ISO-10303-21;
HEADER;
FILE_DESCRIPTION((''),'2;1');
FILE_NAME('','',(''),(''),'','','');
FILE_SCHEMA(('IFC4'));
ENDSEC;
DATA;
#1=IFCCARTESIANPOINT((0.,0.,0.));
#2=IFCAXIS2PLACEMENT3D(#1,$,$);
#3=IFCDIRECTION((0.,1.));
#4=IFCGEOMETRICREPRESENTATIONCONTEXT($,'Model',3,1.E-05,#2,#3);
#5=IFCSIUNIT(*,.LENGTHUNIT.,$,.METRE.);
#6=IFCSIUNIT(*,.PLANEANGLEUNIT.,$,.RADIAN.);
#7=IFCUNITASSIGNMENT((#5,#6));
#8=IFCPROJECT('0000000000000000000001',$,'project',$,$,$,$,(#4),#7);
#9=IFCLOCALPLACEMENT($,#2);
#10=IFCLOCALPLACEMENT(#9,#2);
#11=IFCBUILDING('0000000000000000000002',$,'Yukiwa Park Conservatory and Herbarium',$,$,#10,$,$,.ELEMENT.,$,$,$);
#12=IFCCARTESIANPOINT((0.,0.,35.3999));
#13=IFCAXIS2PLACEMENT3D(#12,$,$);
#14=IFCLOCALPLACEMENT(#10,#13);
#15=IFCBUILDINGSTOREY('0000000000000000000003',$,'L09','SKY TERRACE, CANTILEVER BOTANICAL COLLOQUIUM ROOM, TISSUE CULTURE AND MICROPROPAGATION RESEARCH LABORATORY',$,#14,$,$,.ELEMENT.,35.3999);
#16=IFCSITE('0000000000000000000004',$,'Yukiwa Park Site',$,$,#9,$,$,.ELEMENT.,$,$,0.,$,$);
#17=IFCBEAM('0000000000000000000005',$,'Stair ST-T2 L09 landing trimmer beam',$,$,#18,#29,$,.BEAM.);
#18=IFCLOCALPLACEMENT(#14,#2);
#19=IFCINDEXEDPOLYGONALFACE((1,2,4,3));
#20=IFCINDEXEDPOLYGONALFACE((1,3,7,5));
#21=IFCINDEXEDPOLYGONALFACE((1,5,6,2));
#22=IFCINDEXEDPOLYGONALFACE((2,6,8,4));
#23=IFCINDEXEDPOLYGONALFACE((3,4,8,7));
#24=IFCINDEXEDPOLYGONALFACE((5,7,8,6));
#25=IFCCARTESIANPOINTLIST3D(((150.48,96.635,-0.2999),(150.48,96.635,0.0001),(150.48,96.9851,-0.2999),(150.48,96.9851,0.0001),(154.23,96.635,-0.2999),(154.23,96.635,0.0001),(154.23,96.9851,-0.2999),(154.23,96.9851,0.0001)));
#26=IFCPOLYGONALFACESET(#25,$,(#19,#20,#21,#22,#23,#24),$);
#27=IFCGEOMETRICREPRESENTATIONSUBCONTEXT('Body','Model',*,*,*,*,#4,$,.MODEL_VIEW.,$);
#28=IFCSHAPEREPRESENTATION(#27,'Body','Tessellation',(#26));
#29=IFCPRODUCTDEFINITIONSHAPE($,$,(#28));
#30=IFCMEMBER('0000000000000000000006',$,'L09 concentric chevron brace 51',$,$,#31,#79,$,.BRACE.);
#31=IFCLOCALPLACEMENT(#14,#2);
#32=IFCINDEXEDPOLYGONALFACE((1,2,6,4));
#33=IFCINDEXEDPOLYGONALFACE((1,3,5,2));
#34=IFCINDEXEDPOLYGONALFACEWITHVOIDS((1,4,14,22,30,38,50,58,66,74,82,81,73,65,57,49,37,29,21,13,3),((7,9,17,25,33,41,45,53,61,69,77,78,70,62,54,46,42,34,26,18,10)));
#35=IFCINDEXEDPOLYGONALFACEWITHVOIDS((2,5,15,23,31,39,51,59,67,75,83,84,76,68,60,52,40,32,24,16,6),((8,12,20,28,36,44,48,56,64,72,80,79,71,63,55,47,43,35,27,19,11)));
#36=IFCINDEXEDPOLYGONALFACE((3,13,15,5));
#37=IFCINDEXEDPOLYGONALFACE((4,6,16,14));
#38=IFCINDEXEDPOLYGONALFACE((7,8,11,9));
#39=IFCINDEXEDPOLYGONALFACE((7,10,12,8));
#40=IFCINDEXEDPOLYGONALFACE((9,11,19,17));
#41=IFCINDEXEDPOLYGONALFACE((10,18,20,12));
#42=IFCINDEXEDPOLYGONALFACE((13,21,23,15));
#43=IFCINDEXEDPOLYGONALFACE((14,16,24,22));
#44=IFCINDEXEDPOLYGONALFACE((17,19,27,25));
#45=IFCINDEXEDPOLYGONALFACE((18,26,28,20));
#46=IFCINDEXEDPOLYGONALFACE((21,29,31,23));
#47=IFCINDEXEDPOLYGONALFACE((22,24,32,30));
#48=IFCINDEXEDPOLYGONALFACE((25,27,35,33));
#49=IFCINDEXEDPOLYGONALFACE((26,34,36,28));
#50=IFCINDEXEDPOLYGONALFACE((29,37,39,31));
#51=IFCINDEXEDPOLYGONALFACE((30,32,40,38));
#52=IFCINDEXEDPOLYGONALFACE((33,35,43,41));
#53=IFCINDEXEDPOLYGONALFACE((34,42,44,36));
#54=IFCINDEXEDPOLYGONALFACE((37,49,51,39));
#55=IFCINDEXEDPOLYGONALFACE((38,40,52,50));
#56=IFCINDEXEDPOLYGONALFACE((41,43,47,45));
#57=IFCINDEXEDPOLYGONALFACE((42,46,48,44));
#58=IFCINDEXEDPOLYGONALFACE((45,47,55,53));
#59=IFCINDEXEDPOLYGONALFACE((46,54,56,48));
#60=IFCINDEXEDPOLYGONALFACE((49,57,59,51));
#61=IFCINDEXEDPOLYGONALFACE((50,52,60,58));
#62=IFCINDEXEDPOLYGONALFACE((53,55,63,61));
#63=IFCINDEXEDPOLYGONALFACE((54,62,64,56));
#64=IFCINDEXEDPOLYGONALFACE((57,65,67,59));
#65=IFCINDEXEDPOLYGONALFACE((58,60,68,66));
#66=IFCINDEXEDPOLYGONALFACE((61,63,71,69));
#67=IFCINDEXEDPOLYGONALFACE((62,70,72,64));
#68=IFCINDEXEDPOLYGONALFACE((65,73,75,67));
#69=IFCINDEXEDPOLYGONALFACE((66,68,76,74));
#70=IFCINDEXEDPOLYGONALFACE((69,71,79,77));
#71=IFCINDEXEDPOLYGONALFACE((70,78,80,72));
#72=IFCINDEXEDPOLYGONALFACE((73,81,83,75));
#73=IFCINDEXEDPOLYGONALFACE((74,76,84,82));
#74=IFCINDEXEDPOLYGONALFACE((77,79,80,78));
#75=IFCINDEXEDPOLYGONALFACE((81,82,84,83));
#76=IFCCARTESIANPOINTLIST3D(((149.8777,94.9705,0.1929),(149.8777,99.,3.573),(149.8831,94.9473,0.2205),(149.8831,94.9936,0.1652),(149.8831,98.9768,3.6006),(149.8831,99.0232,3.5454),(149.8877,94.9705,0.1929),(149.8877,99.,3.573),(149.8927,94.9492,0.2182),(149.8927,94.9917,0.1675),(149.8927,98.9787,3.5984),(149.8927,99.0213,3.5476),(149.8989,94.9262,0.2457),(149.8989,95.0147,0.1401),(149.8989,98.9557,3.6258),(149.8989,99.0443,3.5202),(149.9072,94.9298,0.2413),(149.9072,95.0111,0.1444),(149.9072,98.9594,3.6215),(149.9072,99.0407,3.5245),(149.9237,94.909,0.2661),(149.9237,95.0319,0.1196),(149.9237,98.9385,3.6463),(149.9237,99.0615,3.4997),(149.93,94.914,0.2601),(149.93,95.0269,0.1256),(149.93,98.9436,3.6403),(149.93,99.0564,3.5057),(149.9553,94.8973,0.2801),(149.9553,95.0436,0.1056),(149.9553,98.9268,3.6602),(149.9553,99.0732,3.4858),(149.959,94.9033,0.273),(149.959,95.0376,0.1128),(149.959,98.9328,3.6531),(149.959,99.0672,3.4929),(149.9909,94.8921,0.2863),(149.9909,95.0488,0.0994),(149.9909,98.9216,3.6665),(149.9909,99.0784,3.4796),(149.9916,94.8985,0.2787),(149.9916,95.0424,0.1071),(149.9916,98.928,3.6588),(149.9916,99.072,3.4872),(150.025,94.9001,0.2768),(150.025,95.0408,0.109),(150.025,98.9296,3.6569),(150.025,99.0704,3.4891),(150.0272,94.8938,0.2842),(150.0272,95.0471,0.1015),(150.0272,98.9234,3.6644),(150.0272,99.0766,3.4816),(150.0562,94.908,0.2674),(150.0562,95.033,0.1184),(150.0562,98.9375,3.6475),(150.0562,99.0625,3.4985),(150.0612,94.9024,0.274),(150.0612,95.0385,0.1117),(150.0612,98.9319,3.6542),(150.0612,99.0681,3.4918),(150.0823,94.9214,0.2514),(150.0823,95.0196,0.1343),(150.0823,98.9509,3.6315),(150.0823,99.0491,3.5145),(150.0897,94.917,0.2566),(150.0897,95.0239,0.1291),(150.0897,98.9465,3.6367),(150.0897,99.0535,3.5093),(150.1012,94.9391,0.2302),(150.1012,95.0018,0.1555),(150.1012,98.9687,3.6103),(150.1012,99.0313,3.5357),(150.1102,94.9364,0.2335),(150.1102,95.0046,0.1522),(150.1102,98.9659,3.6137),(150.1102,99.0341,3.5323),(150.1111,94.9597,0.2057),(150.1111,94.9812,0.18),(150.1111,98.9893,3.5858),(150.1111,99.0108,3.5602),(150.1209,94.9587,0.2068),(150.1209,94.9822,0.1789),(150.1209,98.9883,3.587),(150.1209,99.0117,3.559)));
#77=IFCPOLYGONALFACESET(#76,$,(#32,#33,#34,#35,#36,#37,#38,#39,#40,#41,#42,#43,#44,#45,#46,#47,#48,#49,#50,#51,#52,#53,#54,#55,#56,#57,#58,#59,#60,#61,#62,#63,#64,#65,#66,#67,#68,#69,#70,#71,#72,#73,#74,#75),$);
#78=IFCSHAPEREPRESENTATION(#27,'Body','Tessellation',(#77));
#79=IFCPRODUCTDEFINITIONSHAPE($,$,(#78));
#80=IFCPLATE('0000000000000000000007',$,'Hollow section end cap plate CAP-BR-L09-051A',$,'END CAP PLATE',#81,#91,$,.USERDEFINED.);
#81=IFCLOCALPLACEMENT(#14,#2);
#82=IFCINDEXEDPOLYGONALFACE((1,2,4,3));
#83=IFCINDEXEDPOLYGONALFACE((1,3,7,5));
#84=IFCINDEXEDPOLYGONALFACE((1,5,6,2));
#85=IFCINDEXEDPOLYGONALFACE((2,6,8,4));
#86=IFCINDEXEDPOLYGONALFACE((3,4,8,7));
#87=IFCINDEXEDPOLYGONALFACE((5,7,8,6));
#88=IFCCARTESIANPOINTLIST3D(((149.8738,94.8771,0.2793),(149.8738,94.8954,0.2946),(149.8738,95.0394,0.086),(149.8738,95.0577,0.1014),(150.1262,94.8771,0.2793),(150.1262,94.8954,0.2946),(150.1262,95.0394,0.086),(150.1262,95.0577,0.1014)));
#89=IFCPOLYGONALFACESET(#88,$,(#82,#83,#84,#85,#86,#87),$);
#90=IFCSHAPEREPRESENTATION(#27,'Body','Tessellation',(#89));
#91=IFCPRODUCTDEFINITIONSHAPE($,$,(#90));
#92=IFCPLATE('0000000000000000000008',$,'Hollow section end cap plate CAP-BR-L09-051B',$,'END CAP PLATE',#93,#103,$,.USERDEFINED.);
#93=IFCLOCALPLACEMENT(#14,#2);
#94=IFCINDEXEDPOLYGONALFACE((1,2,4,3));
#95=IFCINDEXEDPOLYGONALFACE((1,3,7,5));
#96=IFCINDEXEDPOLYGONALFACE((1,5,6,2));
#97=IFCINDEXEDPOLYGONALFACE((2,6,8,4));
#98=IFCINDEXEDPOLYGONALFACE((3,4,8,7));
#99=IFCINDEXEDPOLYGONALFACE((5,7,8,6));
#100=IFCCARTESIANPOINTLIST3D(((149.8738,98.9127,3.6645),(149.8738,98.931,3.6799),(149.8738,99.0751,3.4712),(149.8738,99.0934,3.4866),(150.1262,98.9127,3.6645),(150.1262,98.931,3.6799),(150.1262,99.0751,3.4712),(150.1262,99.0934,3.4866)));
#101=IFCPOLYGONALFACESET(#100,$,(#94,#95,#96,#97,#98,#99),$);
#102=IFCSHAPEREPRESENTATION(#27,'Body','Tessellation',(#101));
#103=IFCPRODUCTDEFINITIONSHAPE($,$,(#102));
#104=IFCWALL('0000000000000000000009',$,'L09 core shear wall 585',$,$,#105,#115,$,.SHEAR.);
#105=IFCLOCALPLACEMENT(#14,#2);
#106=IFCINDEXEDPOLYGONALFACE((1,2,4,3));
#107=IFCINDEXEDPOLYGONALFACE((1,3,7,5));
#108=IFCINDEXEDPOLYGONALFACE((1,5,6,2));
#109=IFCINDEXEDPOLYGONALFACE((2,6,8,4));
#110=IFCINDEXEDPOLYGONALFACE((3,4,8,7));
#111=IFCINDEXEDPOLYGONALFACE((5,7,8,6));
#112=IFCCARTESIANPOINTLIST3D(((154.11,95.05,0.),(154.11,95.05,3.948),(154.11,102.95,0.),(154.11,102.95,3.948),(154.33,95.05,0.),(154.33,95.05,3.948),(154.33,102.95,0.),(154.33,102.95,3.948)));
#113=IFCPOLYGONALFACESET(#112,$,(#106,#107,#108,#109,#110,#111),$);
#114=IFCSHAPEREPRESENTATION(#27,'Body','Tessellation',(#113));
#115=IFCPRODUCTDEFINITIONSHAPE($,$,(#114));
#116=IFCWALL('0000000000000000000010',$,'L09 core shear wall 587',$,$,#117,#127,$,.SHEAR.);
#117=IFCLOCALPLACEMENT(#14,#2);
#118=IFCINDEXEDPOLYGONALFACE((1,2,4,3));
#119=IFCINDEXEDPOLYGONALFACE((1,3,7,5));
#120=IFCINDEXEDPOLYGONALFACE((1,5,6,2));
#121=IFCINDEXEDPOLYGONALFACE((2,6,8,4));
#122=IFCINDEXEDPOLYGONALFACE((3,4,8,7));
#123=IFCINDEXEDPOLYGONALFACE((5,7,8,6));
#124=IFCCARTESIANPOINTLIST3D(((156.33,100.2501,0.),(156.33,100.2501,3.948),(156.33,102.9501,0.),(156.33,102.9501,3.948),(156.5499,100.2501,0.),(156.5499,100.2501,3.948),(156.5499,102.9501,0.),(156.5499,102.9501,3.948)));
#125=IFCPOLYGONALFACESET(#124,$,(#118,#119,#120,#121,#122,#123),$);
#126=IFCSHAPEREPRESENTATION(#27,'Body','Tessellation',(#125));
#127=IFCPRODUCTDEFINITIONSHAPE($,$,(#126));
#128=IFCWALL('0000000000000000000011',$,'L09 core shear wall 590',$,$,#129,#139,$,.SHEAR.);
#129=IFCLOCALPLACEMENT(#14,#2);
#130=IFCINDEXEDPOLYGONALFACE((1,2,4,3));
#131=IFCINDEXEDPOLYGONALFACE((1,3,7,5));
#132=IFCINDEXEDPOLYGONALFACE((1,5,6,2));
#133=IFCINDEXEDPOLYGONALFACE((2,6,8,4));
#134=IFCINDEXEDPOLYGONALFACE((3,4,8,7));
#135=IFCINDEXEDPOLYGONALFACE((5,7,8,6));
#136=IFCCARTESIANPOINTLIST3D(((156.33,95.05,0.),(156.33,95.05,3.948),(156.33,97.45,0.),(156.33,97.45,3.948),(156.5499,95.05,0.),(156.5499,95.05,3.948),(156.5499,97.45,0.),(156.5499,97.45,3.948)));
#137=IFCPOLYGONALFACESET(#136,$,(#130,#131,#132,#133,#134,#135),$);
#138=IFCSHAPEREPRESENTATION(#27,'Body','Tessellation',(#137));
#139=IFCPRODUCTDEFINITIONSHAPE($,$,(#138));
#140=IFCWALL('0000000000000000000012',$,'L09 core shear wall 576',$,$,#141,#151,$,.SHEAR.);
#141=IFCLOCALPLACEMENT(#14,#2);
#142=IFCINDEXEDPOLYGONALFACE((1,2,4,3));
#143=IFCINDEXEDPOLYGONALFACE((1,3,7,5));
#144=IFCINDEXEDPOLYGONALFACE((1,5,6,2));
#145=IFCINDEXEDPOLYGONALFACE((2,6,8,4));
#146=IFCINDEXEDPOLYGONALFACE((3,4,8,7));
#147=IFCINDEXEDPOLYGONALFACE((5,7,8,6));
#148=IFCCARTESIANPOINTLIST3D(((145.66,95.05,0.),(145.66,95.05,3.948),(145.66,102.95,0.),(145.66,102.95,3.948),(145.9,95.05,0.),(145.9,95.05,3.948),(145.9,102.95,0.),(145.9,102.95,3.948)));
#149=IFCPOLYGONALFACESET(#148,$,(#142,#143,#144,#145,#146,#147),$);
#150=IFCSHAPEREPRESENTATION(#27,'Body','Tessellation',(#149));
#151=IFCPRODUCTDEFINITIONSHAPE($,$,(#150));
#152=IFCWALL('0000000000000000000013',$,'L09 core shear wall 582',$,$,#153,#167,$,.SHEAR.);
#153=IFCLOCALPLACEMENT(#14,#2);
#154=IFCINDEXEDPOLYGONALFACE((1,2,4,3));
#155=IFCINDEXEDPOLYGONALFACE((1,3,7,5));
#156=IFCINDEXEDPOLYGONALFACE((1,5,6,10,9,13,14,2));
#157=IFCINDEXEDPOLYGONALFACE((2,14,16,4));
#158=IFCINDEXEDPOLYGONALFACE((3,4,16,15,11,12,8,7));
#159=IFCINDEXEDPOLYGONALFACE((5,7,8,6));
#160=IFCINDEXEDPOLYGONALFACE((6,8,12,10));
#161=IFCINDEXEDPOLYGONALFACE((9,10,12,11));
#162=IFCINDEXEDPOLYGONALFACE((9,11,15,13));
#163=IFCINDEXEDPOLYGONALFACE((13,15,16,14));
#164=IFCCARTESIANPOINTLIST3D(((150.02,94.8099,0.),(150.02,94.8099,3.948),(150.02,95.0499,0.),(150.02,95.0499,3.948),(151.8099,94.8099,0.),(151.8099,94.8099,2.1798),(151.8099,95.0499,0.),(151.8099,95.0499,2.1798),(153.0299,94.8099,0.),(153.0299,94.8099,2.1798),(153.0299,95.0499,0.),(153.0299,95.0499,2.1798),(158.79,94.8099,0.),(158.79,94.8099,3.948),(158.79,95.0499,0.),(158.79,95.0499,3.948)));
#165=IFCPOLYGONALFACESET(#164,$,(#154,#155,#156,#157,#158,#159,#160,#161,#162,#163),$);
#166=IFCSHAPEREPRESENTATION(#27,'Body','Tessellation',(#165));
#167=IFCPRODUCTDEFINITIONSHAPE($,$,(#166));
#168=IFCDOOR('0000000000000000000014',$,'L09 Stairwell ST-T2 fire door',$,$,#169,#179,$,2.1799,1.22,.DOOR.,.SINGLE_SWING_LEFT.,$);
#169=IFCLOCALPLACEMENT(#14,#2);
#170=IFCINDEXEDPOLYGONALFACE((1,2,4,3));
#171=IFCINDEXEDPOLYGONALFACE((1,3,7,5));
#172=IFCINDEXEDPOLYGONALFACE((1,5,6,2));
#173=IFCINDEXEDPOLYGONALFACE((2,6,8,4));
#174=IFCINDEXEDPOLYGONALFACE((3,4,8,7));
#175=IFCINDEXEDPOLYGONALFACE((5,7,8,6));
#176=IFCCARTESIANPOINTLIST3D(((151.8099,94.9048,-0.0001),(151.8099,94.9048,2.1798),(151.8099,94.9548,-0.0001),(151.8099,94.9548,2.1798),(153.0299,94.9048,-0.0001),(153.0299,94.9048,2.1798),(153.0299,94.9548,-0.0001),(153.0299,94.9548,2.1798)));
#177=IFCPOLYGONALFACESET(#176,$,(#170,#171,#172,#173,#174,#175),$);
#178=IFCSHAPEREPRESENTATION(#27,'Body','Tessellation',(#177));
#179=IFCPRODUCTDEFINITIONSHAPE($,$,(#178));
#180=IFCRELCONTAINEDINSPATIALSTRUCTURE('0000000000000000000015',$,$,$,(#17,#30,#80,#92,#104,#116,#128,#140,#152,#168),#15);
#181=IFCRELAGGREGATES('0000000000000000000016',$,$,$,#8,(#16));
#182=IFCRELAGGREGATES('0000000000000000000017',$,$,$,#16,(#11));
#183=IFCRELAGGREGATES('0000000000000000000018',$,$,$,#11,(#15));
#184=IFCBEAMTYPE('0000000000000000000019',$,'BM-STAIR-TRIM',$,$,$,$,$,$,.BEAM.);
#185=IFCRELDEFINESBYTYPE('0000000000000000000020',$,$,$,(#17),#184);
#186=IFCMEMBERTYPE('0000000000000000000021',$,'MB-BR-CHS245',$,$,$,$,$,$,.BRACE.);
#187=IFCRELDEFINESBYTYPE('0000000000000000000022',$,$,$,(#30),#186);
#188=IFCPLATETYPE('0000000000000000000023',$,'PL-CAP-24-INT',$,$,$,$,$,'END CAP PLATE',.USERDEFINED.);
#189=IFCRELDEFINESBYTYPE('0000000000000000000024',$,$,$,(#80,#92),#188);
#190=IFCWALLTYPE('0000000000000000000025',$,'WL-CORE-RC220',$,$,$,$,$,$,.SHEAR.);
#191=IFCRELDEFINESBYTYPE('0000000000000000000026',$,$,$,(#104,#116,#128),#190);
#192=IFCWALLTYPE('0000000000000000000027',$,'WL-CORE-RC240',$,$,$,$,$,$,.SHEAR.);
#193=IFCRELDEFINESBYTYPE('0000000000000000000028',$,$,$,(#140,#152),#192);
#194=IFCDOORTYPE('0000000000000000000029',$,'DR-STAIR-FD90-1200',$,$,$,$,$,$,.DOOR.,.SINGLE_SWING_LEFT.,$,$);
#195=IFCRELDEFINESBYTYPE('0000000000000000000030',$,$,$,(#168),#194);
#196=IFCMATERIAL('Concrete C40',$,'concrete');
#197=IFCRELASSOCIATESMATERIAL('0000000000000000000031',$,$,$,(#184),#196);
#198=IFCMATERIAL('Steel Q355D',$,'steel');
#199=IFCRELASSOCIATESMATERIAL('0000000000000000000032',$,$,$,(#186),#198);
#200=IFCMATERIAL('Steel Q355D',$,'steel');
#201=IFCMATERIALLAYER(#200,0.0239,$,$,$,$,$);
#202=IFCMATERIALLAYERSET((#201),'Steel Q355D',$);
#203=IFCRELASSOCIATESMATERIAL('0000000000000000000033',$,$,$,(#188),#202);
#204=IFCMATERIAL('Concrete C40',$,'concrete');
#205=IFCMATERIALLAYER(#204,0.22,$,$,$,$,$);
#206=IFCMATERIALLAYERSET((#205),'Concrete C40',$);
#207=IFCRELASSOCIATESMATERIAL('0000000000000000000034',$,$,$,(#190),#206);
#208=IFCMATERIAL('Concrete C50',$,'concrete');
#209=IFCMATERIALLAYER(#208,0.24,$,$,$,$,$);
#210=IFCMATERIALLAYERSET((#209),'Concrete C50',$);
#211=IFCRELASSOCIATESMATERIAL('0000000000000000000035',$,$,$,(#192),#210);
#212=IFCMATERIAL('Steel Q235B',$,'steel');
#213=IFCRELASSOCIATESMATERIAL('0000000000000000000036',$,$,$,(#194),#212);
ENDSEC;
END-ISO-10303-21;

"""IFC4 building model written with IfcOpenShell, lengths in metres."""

from ifc_helpers import new_model, si_unit, direction, frame, frame_2d, origin, origin_2d, place, context, subcontext, project, spatial, rectangle, hollow_circle, extrude, material, layer, layer_set, material_profile, profile_set, type_object, element, fill, save


model = new_model("IFC4")

# Units and contexts
model_context = context("Model", 3, precision=1e-05, world=origin(), true_north=direction((0.0, 1.0)))
body_context = subcontext(model_context, "Body", "Model", "MODEL_VIEW")
ifc_project = project(units=[si_unit("LENGTHUNIT", "METRE"), si_unit("PLANEANGLEUNIT", "RADIAN")], contexts=[model_context])

# Site, building, storey
site_placement = place(None, origin())
site = spatial("IfcSite", under=ifc_project, at=site_placement, Name="Yukiwa Park Site", CompositionType="ELEMENT", RefElevation=0.0)
building_placement = place(site_placement, origin())
building = spatial("IfcBuilding", under=site, at=building_placement, Name="Yukiwa Park Conservatory and Herbarium", CompositionType="ELEMENT")
storey_placement = place(building_placement, frame((0.0, 0.0, 35.3999)))
storey = spatial("IfcBuildingStorey", under=building, at=storey_placement, Name="L09", Description="SKY TERRACE, CANTILEVER BOTANICAL COLLOQUIUM ROOM, TISSUE CULTURE AND MICROPROPAGATION RESEARCH LABORATORY", CompositionType="ELEMENT", Elevation=35.3999)

# Beam
ifc_material_1 = material(Name="Concrete C40", Category="concrete")
ifc_material_profile_1 = material_profile(ifc_material_1, rectangle(XDim=0.3501, YDim=0.3, at=origin_2d()), Name="RC 350x300")
ifc_profile_set_1 = profile_set([ifc_material_profile_1], Name="Concrete C40")
beam_type_1 = type_object("IfcBeamType", Name="BM-STAIR-TRIM", PredefinedType="BEAM", material=ifc_profile_set_1)
beam_placement = place(storey_placement, frame((150.48, 96.8101, -0.1499), z_axis=(1.0, 0.0, 0.0), x_axis=(0.0, 1.0, 0.0)))
element("IfcBeam", 1, at=beam_placement, inside=storey, type_object=beam_type_1, Name="Stair ST-T2 L09 landing trimmer beam", PredefinedType="BEAM", context=body_context, shape_type="SweptSolid", body=[
    extrude(rectangle(XDim=0.3501, YDim=0.3, at=origin_2d()), origin(), (0.0, 0.0, 1.0), 3.75),
])

# Member
ifc_material_2 = material(Name="Steel Q355D", Category="steel")
ifc_material_profile_2 = material_profile(ifc_material_2, hollow_circle(Radius=0.1223, WallThickness=0.01, at=origin_2d()), Name="CHS 244.5x10")
ifc_profile_set_2 = profile_set([ifc_material_profile_2], Name="Steel Q355D")
member_type = type_object("IfcMemberType", Name="MB-BR-CHS245", PredefinedType="BRACE", material=ifc_profile_set_2)
member_placement = place(storey_placement, frame((150.0, 94.9705, 0.1929), z_axis=(0.0, 0.766144, 0.642669), x_axis=(-1.0, 0.0, 0.0)))
element("IfcMember", 2, at=member_placement, inside=storey, type_object=member_type, Name="L09 concentric chevron brace 51", PredefinedType="BRACE", context=body_context, shape_type="SweptSolid", body=[
    extrude(hollow_circle(Radius=0.1223, WallThickness=0.01, at=origin_2d()), origin(), (0.0, 0.0, 1.0), 5.2595),
])

# Plates
ifc_material_3 = material(Name="Steel Q355D", Category="steel")
ifc_layer_1 = layer(ifc_material_3, 0.0239)
ifc_layer_set_1 = layer_set([ifc_layer_1], Name="Steel Q355D")
plate_type = type_object("IfcPlateType", Name="PL-CAP-24-INT", ElementType="END CAP PLATE", PredefinedType="USERDEFINED", material=ifc_layer_set_1)
for number, where, z_axis, x_axis, name in (
    (3, (150.0, 94.9766, 0.198), (0.0, -0.765705, -0.643192), (1.0, 0.0, 0.0), "Hollow section end cap plate CAP-BR-L09-051A"),
    (4, (150.0, 98.9939, 3.5679), (0.0, 0.765705, 0.643192), (-1.0, 0.0, 0.0), "Hollow section end cap plate CAP-BR-L09-051B"),
):
    element("IfcPlate", number, at=place(storey_placement, frame(where, z_axis=z_axis, x_axis=x_axis)), inside=storey, type_object=plate_type, Name=name, ObjectType="END CAP PLATE", PredefinedType="USERDEFINED", context=body_context, shape_type="SweptSolid", body=[
        extrude(rectangle(XDim=0.2524, YDim=0.2524, at=origin_2d()), origin(), (0.0, 0.0, 1.0), 0.0239),
    ])

# Walls
ifc_material_4 = material(Name="Concrete C40", Category="concrete")
ifc_layer_2 = layer(ifc_material_4, 0.22)
ifc_layer_set_2 = layer_set([ifc_layer_2], Name="Concrete C40")
wall_type_1 = type_object("IfcWallType", Name="WL-CORE-RC220", PredefinedType="SHEAR", material=ifc_layer_set_2)
wall_1_placement = place(storey_placement, frame((154.22, 95.05, 0.0), z_axis=(0.0, 0.0, 1.0), x_axis=(0.0, 1.0, 0.0)))
element("IfcWall", 5, at=wall_1_placement, inside=storey, type_object=wall_type_1, Name="L09 core shear wall 585", PredefinedType="SHEAR", context=body_context, shape_type="SweptSolid", body=[
    extrude(rectangle(XDim=7.8999, YDim=0.22, at=frame_2d((3.95, 0.0))), origin(), (0.0, 0.0, 1.0), 3.948),
])
wall_2_placement = place(storey_placement, frame((156.4399, 100.25, 0.0), z_axis=(0.0, 0.0, 1.0), x_axis=(0.0, 1.0, 0.0)))
element("IfcWall", 6, at=wall_2_placement, inside=storey, type_object=wall_type_1, Name="L09 core shear wall 587", PredefinedType="SHEAR", context=body_context, shape_type="SweptSolid", body=[
    extrude(rectangle(XDim=2.7, YDim=0.22, at=frame_2d((1.3501, 0.0))), origin(), (0.0, 0.0, 1.0), 3.948),
])

# Wall
wall_3_placement = place(storey_placement, frame((156.4399, 95.05, 0.0), z_axis=(0.0, 0.0, 1.0), x_axis=(0.0, 1.0, 0.0)))
element("IfcWall", 7, at=wall_3_placement, inside=storey, type_object=wall_type_1, Name="L09 core shear wall 590", PredefinedType="SHEAR", context=body_context, shape_type="SweptSolid", body=[
    extrude(rectangle(XDim=2.3999, YDim=0.22, at=frame_2d((1.2, 0.0))), origin(), (0.0, 0.0, 1.0), 3.948),
])

# Wall
ifc_material_5 = material(Name="Concrete C50", Category="concrete")
ifc_layer_3 = layer(ifc_material_5, 0.24)
ifc_layer_set_3 = layer_set([ifc_layer_3], Name="Concrete C50")
wall_type_2 = type_object("IfcWallType", Name="WL-CORE-RC240", PredefinedType="SHEAR", material=ifc_layer_set_3)
wall_4_placement = place(storey_placement, frame((145.78, 95.05, 0.0), z_axis=(0.0, 0.0, 1.0), x_axis=(0.0, 1.0, 0.0)))
element("IfcWall", 8, at=wall_4_placement, inside=storey, type_object=wall_type_2, Name="L09 core shear wall 576", PredefinedType="SHEAR", context=body_context, shape_type="SweptSolid", body=[
    extrude(rectangle(XDim=7.8999, YDim=0.24, at=frame_2d((3.95, 0.0))), origin(), (0.0, 0.0, 1.0), 3.948),
])

# Wall, opening, door
wall_5_placement = place(storey_placement, frame((150.02, 94.9299, 0.0), z_axis=(0.0, 0.0, 1.0), x_axis=(1.0, 0.0, 0.0)))
wall_5 = element("IfcWall", 9, at=wall_5_placement, inside=storey, type_object=wall_type_2, Name="L09 core shear wall 582", PredefinedType="SHEAR", context=body_context, shape_type="SweptSolid", body=[
    extrude(rectangle(XDim=8.77, YDim=0.24, at=frame_2d((4.385, 0.0))), origin(), (0.0, 0.0, 1.0), 3.948),
])
opening_1_placement = place(wall_5_placement, frame((1.79, 0.0, 0.0)))
opening_1 = element("IfcOpeningElement", 10, at=opening_1_placement, cuts=wall_5, PredefinedType="OPENING", context=body_context, shape_type="SweptSolid", body=[
    extrude(rectangle(XDim=1.22, YDim=2.1799, at=frame_2d((0.6099, 1.0898))), frame((0.0, 0.1299, 0.0), z_axis=(0.0, -1.0, 0.0), x_axis=(1.0, 0.0, 0.0)), (0.0, 0.0, 1.0), 0.26),
])
ifc_material_6 = material(Name="Steel Q235B", Category="steel")
door_type_1 = type_object("IfcDoorType", Name="DR-STAIR-FD90-1200", OperationType="SINGLE_SWING_LEFT", PredefinedType="DOOR", material=ifc_material_6)
door_1_placement = place(opening_1_placement, origin())
door_1 = element("IfcDoor", 11, at=door_1_placement, inside=storey, type_object=door_type_1, Name="L09 Stairwell ST-T2 fire door", OperationType="SINGLE_SWING_LEFT", OverallHeight=2.1799, OverallWidth=1.22, PredefinedType="DOOR", context=body_context, shape_type="SweptSolid", body=[
    extrude(rectangle(XDim=1.22, YDim=2.1799, at=frame_2d((0.6099, 1.0898))), frame((0.0, 0.0249, 0.0), z_axis=(0.0, -1.0, 0.0), x_axis=(1.0, 0.0, 0.0)), (0.0, 0.0, 1.0), 0.05),
])
fill(opening_1, door_1)

save(model, "model.ifc")
